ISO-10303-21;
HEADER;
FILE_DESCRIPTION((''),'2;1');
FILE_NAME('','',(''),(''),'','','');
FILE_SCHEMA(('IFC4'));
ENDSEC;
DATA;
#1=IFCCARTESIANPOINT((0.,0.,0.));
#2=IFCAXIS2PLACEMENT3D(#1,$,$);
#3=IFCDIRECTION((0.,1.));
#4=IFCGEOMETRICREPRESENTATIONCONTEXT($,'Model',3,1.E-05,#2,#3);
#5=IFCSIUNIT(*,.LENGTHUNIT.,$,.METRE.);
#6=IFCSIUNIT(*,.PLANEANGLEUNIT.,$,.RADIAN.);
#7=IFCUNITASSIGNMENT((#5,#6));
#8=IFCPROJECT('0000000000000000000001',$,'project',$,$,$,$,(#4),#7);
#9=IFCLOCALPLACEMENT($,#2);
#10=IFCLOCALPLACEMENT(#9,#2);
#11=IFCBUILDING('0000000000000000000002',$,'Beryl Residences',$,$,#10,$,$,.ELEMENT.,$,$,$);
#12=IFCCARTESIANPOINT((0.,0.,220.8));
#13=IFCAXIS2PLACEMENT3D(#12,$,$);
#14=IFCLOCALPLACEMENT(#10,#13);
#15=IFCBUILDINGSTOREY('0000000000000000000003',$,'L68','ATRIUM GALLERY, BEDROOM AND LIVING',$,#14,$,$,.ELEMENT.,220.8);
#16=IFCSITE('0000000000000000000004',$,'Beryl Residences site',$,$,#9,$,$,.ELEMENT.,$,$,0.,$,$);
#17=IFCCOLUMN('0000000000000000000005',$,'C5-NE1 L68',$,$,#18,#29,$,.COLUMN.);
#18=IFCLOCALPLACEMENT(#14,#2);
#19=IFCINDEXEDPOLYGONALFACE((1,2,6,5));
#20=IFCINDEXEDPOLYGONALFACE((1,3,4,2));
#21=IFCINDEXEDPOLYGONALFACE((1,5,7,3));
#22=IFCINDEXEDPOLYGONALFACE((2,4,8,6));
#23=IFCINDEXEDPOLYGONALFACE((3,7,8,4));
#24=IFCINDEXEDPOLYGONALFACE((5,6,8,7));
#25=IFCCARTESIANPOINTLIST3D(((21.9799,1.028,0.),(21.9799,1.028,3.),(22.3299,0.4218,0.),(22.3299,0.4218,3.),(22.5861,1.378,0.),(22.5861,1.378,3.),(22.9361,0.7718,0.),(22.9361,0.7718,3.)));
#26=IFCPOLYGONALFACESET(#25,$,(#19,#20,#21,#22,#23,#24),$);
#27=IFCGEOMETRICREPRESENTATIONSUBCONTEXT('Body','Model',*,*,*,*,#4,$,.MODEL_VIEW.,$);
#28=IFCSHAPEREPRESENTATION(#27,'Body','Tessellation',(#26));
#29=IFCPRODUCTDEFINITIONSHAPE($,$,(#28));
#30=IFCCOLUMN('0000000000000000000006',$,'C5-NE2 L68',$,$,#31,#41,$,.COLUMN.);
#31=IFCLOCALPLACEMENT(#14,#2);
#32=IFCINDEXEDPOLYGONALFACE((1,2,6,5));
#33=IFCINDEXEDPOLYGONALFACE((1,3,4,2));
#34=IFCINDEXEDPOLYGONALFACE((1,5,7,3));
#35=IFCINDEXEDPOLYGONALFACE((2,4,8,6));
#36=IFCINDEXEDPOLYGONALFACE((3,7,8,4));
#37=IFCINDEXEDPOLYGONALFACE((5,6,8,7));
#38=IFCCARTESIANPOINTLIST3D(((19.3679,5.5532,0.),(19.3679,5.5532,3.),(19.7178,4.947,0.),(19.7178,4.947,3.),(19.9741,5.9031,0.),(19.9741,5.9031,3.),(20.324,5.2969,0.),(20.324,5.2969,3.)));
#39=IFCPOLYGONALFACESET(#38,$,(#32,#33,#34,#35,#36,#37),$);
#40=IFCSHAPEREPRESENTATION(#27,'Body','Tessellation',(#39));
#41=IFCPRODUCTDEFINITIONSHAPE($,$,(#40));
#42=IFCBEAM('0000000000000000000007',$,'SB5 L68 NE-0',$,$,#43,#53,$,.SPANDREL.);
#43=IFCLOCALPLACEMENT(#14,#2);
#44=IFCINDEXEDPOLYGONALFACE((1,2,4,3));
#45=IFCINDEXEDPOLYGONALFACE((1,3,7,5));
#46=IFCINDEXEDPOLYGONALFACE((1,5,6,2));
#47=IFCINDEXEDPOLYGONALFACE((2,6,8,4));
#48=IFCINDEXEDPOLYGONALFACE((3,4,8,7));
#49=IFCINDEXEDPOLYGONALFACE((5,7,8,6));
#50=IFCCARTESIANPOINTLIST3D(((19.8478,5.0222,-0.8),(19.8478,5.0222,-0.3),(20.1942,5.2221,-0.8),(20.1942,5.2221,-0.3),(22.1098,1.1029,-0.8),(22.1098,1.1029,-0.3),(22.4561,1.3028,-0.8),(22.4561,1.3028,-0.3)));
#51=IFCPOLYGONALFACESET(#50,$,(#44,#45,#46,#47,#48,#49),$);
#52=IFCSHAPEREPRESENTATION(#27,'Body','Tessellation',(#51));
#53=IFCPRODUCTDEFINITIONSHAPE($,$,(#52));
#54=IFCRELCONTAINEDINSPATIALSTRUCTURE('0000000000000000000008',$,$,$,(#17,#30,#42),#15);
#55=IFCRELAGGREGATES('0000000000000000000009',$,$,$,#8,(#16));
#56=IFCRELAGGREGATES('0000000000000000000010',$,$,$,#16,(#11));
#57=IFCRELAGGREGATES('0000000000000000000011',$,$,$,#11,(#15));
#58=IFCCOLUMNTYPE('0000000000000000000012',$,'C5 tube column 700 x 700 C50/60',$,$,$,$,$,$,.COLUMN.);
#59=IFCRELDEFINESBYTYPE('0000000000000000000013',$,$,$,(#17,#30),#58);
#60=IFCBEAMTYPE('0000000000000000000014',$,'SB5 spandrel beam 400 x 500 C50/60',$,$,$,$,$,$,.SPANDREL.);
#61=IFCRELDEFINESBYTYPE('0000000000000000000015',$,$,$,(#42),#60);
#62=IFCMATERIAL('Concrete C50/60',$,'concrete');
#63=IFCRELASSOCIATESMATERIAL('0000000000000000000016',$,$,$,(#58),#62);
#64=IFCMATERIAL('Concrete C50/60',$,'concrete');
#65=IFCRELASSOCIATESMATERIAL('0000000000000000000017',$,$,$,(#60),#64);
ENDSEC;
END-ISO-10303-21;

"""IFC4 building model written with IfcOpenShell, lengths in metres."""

from ifc_helpers import new_model, si_unit, direction, frame, origin, origin_2d, place, context, subcontext, project, spatial, rectangle, extrude, material, material_profile, profile_set, type_object, element, save


model = new_model("IFC4")

# Units and contexts
model_context = context("Model", 3, precision=1e-05, world=origin(), true_north=direction((0.0, 1.0)))
body_context = subcontext(model_context, "Body", "Model", "MODEL_VIEW")
ifc_project = project(units=[si_unit("LENGTHUNIT", "METRE"), si_unit("PLANEANGLEUNIT", "RADIAN")], contexts=[model_context])

# Site, building, storey
site_placement = place(None, origin())
site = spatial("IfcSite", under=ifc_project, at=site_placement, Name="Beryl Residences site", CompositionType="ELEMENT", RefElevation=0.0)
building_placement = place(site_placement, origin())
building = spatial("IfcBuilding", under=site, at=building_placement, Name="Beryl Residences", CompositionType="ELEMENT")
storey_placement = place(building_placement, frame((0.0, 0.0, 220.8)))
storey = spatial("IfcBuildingStorey", under=building, at=storey_placement, Name="L68", Description="ATRIUM GALLERY, BEDROOM AND LIVING", CompositionType="ELEMENT", Elevation=220.8)

# Columns
ifc_material_1 = material(Name="Concrete C50/60", Category="concrete")
ifc_material_profile_1 = material_profile(ifc_material_1, rectangle(XDim=0.7, YDim=0.7, at=origin_2d()))
ifc_profile_set_1 = profile_set([ifc_material_profile_1], Name="Concrete C50/60")
column_type = type_object("IfcColumnType", Name="C5 tube column 700 x 700 C50/60", PredefinedType="COLUMN", material=ifc_profile_set_1)
for number, where, z_axis, x_axis, name in (
    (1, (22.458, 0.8999, 0.0), (0.0, 0.0, 1.0), (-0.49997, 0.866043, 0.0), "C5-NE1 L68"),
    (2, (19.8459, 5.425, 0.0), (0.0, 0.0, 1.0), (-0.49997, 0.866043, 0.0), "C5-NE2 L68"),
):
    element("IfcColumn", number, at=place(storey_placement, frame(where, z_axis=z_axis, x_axis=x_axis)), inside=storey, type_object=column_type, Name=name, PredefinedType="COLUMN", context=body_context, shape_type="SweptSolid", body=[
        extrude(rectangle(XDim=0.7, YDim=0.7, at=origin_2d()), origin(), (0.0, 0.0, 1.0), 3.0),
    ])

# Beam
ifc_material_2 = material(Name="Concrete C50/60", Category="concrete")
ifc_material_profile_2 = material_profile(ifc_material_2, rectangle(XDim=0.3999, YDim=0.5, at=origin_2d()))
ifc_profile_set_2 = profile_set([ifc_material_profile_2], Name="Concrete C50/60")
beam_type = type_object("IfcBeamType", Name="SB5 spandrel beam 400 x 500 C50/60", PredefinedType="SPANDREL", material=ifc_profile_set_2)
beam_placement = place(storey_placement, frame((22.283, 1.2029, -0.55), z_axis=(-0.49987, 0.8661, 0.0), x_axis=(-0.8661, -0.49987, 0.0)))
element("IfcBeam", 3, at=beam_placement, inside=storey, type_object=beam_type, Name="SB5 L68 NE-0", PredefinedType="SPANDREL", context=body_context, shape_type="SweptSolid", body=[
    extrude(rectangle(XDim=0.3999, YDim=0.5, at=origin_2d()), origin(), (0.0, 0.0, 1.0), 4.5251),
])

save(model, "model.ifc")
